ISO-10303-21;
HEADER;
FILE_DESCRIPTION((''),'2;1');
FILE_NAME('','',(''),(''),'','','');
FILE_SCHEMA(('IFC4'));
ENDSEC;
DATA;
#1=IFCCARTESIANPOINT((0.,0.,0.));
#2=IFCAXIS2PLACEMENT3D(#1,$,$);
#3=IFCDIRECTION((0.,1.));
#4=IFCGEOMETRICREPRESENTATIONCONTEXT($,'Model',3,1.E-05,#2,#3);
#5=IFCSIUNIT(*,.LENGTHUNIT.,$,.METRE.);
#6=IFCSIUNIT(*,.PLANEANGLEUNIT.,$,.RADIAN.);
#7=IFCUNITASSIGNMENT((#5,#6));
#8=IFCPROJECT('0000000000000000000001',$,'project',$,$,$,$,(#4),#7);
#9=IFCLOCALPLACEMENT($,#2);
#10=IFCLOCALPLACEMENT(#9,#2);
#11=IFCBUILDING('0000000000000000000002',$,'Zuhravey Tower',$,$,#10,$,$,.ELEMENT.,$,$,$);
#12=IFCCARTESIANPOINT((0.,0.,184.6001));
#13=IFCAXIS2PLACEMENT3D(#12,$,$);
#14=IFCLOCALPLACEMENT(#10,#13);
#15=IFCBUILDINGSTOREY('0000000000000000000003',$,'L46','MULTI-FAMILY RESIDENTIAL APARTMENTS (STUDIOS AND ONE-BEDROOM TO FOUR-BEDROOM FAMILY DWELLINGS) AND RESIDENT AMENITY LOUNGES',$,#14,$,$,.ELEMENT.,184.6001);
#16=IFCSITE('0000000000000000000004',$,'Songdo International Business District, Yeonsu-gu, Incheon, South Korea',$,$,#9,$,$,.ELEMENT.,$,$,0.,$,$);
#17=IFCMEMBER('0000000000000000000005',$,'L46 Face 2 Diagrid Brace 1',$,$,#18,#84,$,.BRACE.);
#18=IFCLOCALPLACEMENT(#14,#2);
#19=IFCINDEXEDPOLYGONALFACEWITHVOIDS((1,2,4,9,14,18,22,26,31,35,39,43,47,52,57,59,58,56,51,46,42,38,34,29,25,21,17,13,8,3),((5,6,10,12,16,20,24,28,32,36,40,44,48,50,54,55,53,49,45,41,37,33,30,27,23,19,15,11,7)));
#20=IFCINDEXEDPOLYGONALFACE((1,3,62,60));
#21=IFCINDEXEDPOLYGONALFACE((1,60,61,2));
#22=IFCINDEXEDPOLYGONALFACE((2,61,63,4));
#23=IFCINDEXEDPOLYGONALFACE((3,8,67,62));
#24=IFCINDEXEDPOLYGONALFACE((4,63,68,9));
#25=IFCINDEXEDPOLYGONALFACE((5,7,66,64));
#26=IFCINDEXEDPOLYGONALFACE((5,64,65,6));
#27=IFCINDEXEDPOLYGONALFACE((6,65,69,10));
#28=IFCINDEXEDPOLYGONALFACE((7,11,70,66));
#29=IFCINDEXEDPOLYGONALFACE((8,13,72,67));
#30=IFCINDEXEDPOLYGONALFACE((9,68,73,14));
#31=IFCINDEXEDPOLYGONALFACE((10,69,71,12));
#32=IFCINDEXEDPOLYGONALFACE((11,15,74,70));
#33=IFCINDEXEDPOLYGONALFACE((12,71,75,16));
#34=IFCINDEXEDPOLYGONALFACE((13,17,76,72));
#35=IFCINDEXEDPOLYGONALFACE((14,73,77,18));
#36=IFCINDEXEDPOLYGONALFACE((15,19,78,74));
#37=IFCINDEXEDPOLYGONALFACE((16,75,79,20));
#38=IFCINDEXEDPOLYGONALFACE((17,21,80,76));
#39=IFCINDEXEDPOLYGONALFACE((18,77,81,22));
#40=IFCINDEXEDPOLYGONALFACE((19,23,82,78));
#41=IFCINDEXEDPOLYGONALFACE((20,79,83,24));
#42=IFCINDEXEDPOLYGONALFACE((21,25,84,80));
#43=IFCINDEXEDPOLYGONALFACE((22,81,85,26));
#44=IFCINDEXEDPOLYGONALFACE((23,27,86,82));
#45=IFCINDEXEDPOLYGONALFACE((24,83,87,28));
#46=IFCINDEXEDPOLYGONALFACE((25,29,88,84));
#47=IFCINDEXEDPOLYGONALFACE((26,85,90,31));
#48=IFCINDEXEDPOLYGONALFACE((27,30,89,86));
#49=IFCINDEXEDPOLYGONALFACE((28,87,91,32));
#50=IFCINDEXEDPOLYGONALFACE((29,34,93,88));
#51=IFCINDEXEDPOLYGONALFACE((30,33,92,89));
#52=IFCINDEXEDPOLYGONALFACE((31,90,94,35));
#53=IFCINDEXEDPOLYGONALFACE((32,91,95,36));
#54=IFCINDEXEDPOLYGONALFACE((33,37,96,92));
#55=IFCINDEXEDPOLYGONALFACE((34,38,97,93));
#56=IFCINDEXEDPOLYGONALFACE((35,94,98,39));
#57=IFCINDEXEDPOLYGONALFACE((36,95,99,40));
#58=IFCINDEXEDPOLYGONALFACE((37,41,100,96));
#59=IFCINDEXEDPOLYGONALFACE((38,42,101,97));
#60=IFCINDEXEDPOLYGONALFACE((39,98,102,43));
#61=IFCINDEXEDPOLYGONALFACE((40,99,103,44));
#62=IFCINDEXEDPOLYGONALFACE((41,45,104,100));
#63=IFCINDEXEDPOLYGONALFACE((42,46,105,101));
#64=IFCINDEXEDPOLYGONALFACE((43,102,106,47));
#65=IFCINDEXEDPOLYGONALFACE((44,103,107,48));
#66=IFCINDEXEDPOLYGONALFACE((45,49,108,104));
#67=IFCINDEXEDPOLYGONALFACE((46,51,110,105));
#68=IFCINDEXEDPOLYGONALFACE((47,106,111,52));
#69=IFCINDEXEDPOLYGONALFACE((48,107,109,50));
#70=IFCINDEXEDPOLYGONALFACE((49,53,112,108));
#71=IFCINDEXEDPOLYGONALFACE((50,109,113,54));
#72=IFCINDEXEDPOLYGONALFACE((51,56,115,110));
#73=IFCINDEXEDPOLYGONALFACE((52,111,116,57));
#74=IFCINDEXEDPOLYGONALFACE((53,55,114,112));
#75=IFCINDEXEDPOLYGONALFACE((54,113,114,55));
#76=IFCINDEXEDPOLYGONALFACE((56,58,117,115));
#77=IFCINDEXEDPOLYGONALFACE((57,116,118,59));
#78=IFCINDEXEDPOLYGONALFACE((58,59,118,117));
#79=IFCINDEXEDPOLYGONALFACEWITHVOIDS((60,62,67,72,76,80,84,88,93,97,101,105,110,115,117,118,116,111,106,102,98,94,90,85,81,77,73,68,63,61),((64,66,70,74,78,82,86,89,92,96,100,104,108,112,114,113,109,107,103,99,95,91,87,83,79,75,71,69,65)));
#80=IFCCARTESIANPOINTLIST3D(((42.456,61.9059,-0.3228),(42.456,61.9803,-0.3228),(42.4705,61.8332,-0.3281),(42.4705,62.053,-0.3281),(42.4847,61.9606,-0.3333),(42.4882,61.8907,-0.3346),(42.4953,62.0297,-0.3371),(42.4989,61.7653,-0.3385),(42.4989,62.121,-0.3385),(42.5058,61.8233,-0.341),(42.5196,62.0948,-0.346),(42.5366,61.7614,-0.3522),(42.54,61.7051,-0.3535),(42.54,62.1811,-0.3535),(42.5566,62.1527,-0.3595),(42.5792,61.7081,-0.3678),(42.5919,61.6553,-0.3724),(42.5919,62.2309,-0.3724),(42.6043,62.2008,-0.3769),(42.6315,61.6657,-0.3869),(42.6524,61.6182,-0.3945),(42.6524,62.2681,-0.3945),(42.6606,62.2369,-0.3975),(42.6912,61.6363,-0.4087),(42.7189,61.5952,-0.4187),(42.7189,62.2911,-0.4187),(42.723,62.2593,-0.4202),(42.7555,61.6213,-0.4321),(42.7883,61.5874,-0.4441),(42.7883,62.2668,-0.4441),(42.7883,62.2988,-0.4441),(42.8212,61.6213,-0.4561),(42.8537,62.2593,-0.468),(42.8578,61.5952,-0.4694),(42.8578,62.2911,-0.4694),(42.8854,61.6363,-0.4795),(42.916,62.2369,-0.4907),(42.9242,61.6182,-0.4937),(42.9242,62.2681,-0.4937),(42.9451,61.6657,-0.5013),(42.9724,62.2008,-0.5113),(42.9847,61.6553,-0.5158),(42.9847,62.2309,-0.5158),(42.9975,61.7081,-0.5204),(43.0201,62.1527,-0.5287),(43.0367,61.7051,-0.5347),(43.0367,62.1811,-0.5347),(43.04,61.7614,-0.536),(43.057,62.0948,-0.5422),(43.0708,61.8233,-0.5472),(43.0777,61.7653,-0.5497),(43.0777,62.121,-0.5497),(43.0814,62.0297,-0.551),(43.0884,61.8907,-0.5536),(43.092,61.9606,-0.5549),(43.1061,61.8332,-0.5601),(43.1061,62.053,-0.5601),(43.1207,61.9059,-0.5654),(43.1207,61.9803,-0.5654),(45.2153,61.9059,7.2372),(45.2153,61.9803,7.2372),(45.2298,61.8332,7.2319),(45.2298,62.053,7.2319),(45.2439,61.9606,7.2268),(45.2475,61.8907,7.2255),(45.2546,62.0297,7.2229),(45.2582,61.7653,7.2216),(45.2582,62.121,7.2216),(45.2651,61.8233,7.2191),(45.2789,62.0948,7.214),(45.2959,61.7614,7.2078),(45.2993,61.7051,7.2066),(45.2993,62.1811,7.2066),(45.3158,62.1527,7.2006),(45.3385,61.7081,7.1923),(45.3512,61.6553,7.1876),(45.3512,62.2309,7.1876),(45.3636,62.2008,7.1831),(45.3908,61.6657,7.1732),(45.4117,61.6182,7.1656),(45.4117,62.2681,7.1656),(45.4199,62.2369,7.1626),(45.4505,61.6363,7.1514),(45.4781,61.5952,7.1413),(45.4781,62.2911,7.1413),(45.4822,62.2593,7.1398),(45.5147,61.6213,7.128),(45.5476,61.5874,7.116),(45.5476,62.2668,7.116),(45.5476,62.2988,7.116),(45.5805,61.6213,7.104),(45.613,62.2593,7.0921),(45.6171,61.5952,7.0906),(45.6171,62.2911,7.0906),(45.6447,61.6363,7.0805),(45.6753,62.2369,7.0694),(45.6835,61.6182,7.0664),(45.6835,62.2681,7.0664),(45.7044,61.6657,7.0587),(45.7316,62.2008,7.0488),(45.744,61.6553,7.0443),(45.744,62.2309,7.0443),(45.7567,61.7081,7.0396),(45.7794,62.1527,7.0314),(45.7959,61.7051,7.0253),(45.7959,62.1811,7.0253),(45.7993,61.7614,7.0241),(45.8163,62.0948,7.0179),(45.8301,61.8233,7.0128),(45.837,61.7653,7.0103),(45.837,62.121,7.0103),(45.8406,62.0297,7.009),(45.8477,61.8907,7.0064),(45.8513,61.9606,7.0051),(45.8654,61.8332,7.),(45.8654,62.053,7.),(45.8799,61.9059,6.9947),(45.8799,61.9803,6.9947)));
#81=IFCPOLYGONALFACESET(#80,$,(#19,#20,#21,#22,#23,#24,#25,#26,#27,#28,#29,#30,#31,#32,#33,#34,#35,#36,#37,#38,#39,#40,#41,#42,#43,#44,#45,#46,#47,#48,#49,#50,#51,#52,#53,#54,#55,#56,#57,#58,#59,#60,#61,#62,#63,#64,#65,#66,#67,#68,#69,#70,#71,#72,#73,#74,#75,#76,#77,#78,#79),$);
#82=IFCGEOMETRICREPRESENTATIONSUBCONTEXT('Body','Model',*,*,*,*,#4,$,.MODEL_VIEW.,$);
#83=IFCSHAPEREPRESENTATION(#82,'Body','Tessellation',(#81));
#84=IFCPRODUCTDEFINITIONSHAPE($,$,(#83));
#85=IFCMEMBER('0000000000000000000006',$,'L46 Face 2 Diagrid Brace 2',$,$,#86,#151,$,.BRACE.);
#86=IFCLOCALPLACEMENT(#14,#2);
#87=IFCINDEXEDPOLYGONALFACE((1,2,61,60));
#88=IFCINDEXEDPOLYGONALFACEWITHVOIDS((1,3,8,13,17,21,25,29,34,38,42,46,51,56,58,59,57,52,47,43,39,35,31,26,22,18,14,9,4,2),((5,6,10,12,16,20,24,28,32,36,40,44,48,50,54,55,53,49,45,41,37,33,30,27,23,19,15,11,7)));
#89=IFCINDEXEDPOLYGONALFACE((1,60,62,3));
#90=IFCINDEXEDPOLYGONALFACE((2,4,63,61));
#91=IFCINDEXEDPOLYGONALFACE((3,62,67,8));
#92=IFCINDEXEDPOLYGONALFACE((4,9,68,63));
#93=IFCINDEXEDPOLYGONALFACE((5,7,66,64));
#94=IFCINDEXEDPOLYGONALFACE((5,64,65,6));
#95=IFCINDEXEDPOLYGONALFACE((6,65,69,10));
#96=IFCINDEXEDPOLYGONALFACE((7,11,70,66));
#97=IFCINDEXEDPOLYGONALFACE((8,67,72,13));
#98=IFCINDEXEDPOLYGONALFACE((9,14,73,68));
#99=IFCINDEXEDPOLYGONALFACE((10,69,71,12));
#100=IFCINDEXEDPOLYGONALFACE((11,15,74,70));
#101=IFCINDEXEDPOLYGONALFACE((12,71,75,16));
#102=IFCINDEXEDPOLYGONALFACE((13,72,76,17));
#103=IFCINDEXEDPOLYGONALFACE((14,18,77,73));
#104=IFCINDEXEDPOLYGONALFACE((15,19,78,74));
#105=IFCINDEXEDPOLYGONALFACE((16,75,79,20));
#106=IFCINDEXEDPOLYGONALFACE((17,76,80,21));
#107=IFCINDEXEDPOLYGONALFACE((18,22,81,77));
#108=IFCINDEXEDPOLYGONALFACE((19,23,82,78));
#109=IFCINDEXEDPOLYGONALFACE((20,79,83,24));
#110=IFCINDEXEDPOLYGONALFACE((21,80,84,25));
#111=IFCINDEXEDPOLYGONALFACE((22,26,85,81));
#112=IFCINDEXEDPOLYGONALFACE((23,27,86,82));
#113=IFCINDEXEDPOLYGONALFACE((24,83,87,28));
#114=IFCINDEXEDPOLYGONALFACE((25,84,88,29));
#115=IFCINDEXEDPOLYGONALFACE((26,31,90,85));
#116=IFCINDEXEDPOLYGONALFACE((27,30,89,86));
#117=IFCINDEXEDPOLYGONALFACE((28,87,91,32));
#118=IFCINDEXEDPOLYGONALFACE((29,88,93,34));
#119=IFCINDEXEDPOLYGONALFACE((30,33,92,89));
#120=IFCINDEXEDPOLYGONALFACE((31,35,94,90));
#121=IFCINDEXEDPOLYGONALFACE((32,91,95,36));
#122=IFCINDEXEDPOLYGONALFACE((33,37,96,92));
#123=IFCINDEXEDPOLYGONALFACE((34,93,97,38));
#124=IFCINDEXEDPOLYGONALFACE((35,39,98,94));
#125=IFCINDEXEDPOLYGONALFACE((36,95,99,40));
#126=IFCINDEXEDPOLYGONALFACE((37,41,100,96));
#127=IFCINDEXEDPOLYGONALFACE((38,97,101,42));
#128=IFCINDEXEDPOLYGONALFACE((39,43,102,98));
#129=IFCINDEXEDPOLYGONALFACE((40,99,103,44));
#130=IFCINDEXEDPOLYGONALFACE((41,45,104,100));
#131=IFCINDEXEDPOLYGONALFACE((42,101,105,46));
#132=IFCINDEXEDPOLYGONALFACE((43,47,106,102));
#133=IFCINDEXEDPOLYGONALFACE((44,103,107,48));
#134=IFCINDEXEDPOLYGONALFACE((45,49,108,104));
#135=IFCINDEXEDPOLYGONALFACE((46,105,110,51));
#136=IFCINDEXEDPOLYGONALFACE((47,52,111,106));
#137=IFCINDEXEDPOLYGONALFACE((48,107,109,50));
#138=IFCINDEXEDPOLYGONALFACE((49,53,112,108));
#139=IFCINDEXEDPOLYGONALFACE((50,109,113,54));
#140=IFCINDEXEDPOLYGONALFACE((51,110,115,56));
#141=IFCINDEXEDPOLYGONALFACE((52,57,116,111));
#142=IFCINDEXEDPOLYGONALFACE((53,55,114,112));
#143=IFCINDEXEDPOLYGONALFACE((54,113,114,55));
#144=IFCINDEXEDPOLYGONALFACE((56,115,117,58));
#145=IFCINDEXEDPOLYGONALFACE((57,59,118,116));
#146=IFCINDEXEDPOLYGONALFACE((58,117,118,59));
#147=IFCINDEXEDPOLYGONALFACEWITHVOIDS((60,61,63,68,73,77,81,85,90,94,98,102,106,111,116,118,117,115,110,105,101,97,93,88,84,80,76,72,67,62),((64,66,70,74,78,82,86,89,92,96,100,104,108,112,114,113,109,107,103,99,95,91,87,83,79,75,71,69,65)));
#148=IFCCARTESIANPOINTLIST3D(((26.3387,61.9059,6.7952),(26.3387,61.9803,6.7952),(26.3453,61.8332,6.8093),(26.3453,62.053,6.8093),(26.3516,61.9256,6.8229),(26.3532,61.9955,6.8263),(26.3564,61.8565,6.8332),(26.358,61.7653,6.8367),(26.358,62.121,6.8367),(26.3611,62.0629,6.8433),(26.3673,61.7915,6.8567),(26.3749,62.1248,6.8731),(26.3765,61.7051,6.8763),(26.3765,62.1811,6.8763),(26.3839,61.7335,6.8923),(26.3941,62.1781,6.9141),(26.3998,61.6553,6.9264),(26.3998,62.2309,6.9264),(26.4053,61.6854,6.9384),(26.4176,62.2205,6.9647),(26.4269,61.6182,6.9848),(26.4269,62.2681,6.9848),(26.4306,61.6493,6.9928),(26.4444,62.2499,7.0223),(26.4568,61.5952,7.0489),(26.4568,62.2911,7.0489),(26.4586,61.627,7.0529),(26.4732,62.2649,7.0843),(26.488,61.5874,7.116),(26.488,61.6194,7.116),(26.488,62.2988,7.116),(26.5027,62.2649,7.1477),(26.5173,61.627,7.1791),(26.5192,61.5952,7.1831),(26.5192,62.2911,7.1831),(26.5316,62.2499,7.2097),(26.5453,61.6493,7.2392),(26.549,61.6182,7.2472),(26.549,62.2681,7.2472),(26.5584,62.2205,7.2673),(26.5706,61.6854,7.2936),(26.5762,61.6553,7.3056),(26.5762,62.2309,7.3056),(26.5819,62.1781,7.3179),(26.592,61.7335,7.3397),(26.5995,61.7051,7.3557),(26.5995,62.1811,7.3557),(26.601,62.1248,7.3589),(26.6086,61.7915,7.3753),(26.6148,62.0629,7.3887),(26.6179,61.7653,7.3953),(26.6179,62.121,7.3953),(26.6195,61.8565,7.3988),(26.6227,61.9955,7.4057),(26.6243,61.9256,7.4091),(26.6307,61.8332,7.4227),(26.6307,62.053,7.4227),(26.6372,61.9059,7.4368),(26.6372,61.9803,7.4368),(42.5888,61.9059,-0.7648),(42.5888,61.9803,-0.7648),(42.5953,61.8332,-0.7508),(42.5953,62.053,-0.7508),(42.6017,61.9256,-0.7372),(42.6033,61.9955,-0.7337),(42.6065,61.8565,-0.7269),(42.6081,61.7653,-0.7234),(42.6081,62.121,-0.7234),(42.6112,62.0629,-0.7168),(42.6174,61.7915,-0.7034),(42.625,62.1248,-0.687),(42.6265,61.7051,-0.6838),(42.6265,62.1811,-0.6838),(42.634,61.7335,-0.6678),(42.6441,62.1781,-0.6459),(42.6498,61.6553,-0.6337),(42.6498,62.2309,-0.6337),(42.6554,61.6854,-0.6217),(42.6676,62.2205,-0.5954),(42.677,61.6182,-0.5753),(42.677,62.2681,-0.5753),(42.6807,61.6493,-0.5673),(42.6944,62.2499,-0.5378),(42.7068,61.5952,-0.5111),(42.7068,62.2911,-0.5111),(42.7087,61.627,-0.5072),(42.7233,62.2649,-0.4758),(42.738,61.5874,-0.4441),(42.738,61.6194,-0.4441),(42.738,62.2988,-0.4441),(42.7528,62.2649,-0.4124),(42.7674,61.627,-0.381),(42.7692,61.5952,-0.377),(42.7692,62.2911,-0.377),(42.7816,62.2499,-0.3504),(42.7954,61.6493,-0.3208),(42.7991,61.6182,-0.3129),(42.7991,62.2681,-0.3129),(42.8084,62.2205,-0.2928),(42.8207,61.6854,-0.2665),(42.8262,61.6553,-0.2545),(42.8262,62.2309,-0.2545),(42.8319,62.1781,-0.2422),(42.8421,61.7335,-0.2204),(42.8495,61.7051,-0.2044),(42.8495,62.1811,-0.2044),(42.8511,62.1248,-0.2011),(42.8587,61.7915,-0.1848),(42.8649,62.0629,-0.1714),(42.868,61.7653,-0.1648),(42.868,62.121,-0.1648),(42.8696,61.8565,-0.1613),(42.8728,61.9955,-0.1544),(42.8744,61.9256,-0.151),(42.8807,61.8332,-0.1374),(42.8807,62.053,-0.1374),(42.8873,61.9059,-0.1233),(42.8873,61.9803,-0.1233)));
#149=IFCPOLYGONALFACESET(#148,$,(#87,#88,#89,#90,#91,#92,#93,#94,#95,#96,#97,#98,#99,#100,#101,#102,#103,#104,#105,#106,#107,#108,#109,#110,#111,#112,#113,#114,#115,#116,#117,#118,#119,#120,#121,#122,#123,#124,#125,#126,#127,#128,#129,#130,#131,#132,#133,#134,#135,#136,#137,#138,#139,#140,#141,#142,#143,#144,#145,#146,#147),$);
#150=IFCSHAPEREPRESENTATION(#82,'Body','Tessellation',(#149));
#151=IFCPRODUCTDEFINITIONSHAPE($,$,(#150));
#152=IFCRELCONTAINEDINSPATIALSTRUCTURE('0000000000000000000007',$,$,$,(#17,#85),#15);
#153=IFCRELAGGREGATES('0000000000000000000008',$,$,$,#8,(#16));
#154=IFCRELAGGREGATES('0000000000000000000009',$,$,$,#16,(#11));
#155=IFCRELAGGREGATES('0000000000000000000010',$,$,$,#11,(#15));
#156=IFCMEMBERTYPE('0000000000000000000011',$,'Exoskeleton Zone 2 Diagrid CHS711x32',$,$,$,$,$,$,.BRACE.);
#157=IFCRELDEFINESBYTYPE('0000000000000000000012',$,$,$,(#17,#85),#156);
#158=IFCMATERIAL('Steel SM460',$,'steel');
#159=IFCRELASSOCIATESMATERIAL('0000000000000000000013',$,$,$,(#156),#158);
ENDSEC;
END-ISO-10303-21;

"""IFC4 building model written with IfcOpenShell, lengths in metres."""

from ifc_helpers import new_model, si_unit, direction, frame, origin, origin_2d, place, context, subcontext, project, spatial, hollow_circle, extrude, material, material_profile, profile_set, type_object, element, save


model = new_model("IFC4")

# Units and contexts
model_context = context("Model", 3, precision=1e-05, world=origin(), true_north=direction((0.0, 1.0)))
body_context = subcontext(model_context, "Body", "Model", "MODEL_VIEW")
ifc_project = project(units=[si_unit("LENGTHUNIT", "METRE"), si_unit("PLANEANGLEUNIT", "RADIAN")], contexts=[model_context])

# Site, building, storey
site_placement = place(None, origin())
site = spatial("IfcSite", under=ifc_project, at=site_placement, Name="Songdo International Business District, Yeonsu-gu, Incheon, South Korea", CompositionType="ELEMENT", RefElevation=0.0)
building_placement = place(site_placement, origin())
building = spatial("IfcBuilding", under=site, at=building_placement, Name="Zuhravey Tower", CompositionType="ELEMENT")
storey_placement = place(building_placement, frame((0.0, 0.0, 184.6001)))
storey = spatial("IfcBuildingStorey", under=building, at=storey_placement, Name="L46", Description="MULTI-FAMILY RESIDENTIAL APARTMENTS (STUDIOS AND ONE-BEDROOM TO FOUR-BEDROOM FAMILY DWELLINGS) AND RESIDENT AMENITY LOUNGES", CompositionType="ELEMENT", Elevation=184.6001)

# Members
ifc_material_1 = material(Name="Steel SM460", Category="steel")
ifc_material_profile_1 = material_profile(ifc_material_1, hollow_circle(Radius=0.3557, WallThickness=0.032, at=origin_2d()), Name="CHS-711.2x32")
ifc_profile_set_1 = profile_set([ifc_material_profile_1], Name="Steel SM460")
member_type_1 = type_object("IfcMemberType", Name="Exoskeleton Zone 2 Diagrid CHS711x32", PredefinedType="BRACE", material=ifc_profile_set_1)
member_1_placement = place(storey_placement, frame((42.7883, 61.9431, -0.4441), z_axis=(0.342858, 0.0, 0.939387), x_axis=(0.0, 1.0, 0.0)))
element("IfcMember", 1, at=member_1_placement, inside=storey, type_object=member_type_1, Name="L46 Face 2 Diagrid Brace 1", PredefinedType="BRACE", context=body_context, shape_type="SweptSolid", body=[
    extrude(hollow_circle(Radius=0.3557, WallThickness=0.032, at=origin_2d()), origin(), (0.0, 0.0, 1.0), 8.0479),
])
member_2_placement = place(storey_placement, frame((42.738, 61.9431, -0.4441), z_axis=(-0.90668, 0.0, 0.421819), x_axis=(0.0, -1.0, 0.0)))
element("IfcMember", 2, at=member_2_placement, inside=storey, type_object=member_type_1, Name="L46 Face 2 Diagrid Brace 2", PredefinedType="BRACE", context=body_context, shape_type="SweptSolid", body=[
    extrude(hollow_circle(Radius=0.3557, WallThickness=0.032, at=origin_2d()), origin(), (0.0, 0.0, 1.0), 17.9226),
])

save(model, "model.ifc")
